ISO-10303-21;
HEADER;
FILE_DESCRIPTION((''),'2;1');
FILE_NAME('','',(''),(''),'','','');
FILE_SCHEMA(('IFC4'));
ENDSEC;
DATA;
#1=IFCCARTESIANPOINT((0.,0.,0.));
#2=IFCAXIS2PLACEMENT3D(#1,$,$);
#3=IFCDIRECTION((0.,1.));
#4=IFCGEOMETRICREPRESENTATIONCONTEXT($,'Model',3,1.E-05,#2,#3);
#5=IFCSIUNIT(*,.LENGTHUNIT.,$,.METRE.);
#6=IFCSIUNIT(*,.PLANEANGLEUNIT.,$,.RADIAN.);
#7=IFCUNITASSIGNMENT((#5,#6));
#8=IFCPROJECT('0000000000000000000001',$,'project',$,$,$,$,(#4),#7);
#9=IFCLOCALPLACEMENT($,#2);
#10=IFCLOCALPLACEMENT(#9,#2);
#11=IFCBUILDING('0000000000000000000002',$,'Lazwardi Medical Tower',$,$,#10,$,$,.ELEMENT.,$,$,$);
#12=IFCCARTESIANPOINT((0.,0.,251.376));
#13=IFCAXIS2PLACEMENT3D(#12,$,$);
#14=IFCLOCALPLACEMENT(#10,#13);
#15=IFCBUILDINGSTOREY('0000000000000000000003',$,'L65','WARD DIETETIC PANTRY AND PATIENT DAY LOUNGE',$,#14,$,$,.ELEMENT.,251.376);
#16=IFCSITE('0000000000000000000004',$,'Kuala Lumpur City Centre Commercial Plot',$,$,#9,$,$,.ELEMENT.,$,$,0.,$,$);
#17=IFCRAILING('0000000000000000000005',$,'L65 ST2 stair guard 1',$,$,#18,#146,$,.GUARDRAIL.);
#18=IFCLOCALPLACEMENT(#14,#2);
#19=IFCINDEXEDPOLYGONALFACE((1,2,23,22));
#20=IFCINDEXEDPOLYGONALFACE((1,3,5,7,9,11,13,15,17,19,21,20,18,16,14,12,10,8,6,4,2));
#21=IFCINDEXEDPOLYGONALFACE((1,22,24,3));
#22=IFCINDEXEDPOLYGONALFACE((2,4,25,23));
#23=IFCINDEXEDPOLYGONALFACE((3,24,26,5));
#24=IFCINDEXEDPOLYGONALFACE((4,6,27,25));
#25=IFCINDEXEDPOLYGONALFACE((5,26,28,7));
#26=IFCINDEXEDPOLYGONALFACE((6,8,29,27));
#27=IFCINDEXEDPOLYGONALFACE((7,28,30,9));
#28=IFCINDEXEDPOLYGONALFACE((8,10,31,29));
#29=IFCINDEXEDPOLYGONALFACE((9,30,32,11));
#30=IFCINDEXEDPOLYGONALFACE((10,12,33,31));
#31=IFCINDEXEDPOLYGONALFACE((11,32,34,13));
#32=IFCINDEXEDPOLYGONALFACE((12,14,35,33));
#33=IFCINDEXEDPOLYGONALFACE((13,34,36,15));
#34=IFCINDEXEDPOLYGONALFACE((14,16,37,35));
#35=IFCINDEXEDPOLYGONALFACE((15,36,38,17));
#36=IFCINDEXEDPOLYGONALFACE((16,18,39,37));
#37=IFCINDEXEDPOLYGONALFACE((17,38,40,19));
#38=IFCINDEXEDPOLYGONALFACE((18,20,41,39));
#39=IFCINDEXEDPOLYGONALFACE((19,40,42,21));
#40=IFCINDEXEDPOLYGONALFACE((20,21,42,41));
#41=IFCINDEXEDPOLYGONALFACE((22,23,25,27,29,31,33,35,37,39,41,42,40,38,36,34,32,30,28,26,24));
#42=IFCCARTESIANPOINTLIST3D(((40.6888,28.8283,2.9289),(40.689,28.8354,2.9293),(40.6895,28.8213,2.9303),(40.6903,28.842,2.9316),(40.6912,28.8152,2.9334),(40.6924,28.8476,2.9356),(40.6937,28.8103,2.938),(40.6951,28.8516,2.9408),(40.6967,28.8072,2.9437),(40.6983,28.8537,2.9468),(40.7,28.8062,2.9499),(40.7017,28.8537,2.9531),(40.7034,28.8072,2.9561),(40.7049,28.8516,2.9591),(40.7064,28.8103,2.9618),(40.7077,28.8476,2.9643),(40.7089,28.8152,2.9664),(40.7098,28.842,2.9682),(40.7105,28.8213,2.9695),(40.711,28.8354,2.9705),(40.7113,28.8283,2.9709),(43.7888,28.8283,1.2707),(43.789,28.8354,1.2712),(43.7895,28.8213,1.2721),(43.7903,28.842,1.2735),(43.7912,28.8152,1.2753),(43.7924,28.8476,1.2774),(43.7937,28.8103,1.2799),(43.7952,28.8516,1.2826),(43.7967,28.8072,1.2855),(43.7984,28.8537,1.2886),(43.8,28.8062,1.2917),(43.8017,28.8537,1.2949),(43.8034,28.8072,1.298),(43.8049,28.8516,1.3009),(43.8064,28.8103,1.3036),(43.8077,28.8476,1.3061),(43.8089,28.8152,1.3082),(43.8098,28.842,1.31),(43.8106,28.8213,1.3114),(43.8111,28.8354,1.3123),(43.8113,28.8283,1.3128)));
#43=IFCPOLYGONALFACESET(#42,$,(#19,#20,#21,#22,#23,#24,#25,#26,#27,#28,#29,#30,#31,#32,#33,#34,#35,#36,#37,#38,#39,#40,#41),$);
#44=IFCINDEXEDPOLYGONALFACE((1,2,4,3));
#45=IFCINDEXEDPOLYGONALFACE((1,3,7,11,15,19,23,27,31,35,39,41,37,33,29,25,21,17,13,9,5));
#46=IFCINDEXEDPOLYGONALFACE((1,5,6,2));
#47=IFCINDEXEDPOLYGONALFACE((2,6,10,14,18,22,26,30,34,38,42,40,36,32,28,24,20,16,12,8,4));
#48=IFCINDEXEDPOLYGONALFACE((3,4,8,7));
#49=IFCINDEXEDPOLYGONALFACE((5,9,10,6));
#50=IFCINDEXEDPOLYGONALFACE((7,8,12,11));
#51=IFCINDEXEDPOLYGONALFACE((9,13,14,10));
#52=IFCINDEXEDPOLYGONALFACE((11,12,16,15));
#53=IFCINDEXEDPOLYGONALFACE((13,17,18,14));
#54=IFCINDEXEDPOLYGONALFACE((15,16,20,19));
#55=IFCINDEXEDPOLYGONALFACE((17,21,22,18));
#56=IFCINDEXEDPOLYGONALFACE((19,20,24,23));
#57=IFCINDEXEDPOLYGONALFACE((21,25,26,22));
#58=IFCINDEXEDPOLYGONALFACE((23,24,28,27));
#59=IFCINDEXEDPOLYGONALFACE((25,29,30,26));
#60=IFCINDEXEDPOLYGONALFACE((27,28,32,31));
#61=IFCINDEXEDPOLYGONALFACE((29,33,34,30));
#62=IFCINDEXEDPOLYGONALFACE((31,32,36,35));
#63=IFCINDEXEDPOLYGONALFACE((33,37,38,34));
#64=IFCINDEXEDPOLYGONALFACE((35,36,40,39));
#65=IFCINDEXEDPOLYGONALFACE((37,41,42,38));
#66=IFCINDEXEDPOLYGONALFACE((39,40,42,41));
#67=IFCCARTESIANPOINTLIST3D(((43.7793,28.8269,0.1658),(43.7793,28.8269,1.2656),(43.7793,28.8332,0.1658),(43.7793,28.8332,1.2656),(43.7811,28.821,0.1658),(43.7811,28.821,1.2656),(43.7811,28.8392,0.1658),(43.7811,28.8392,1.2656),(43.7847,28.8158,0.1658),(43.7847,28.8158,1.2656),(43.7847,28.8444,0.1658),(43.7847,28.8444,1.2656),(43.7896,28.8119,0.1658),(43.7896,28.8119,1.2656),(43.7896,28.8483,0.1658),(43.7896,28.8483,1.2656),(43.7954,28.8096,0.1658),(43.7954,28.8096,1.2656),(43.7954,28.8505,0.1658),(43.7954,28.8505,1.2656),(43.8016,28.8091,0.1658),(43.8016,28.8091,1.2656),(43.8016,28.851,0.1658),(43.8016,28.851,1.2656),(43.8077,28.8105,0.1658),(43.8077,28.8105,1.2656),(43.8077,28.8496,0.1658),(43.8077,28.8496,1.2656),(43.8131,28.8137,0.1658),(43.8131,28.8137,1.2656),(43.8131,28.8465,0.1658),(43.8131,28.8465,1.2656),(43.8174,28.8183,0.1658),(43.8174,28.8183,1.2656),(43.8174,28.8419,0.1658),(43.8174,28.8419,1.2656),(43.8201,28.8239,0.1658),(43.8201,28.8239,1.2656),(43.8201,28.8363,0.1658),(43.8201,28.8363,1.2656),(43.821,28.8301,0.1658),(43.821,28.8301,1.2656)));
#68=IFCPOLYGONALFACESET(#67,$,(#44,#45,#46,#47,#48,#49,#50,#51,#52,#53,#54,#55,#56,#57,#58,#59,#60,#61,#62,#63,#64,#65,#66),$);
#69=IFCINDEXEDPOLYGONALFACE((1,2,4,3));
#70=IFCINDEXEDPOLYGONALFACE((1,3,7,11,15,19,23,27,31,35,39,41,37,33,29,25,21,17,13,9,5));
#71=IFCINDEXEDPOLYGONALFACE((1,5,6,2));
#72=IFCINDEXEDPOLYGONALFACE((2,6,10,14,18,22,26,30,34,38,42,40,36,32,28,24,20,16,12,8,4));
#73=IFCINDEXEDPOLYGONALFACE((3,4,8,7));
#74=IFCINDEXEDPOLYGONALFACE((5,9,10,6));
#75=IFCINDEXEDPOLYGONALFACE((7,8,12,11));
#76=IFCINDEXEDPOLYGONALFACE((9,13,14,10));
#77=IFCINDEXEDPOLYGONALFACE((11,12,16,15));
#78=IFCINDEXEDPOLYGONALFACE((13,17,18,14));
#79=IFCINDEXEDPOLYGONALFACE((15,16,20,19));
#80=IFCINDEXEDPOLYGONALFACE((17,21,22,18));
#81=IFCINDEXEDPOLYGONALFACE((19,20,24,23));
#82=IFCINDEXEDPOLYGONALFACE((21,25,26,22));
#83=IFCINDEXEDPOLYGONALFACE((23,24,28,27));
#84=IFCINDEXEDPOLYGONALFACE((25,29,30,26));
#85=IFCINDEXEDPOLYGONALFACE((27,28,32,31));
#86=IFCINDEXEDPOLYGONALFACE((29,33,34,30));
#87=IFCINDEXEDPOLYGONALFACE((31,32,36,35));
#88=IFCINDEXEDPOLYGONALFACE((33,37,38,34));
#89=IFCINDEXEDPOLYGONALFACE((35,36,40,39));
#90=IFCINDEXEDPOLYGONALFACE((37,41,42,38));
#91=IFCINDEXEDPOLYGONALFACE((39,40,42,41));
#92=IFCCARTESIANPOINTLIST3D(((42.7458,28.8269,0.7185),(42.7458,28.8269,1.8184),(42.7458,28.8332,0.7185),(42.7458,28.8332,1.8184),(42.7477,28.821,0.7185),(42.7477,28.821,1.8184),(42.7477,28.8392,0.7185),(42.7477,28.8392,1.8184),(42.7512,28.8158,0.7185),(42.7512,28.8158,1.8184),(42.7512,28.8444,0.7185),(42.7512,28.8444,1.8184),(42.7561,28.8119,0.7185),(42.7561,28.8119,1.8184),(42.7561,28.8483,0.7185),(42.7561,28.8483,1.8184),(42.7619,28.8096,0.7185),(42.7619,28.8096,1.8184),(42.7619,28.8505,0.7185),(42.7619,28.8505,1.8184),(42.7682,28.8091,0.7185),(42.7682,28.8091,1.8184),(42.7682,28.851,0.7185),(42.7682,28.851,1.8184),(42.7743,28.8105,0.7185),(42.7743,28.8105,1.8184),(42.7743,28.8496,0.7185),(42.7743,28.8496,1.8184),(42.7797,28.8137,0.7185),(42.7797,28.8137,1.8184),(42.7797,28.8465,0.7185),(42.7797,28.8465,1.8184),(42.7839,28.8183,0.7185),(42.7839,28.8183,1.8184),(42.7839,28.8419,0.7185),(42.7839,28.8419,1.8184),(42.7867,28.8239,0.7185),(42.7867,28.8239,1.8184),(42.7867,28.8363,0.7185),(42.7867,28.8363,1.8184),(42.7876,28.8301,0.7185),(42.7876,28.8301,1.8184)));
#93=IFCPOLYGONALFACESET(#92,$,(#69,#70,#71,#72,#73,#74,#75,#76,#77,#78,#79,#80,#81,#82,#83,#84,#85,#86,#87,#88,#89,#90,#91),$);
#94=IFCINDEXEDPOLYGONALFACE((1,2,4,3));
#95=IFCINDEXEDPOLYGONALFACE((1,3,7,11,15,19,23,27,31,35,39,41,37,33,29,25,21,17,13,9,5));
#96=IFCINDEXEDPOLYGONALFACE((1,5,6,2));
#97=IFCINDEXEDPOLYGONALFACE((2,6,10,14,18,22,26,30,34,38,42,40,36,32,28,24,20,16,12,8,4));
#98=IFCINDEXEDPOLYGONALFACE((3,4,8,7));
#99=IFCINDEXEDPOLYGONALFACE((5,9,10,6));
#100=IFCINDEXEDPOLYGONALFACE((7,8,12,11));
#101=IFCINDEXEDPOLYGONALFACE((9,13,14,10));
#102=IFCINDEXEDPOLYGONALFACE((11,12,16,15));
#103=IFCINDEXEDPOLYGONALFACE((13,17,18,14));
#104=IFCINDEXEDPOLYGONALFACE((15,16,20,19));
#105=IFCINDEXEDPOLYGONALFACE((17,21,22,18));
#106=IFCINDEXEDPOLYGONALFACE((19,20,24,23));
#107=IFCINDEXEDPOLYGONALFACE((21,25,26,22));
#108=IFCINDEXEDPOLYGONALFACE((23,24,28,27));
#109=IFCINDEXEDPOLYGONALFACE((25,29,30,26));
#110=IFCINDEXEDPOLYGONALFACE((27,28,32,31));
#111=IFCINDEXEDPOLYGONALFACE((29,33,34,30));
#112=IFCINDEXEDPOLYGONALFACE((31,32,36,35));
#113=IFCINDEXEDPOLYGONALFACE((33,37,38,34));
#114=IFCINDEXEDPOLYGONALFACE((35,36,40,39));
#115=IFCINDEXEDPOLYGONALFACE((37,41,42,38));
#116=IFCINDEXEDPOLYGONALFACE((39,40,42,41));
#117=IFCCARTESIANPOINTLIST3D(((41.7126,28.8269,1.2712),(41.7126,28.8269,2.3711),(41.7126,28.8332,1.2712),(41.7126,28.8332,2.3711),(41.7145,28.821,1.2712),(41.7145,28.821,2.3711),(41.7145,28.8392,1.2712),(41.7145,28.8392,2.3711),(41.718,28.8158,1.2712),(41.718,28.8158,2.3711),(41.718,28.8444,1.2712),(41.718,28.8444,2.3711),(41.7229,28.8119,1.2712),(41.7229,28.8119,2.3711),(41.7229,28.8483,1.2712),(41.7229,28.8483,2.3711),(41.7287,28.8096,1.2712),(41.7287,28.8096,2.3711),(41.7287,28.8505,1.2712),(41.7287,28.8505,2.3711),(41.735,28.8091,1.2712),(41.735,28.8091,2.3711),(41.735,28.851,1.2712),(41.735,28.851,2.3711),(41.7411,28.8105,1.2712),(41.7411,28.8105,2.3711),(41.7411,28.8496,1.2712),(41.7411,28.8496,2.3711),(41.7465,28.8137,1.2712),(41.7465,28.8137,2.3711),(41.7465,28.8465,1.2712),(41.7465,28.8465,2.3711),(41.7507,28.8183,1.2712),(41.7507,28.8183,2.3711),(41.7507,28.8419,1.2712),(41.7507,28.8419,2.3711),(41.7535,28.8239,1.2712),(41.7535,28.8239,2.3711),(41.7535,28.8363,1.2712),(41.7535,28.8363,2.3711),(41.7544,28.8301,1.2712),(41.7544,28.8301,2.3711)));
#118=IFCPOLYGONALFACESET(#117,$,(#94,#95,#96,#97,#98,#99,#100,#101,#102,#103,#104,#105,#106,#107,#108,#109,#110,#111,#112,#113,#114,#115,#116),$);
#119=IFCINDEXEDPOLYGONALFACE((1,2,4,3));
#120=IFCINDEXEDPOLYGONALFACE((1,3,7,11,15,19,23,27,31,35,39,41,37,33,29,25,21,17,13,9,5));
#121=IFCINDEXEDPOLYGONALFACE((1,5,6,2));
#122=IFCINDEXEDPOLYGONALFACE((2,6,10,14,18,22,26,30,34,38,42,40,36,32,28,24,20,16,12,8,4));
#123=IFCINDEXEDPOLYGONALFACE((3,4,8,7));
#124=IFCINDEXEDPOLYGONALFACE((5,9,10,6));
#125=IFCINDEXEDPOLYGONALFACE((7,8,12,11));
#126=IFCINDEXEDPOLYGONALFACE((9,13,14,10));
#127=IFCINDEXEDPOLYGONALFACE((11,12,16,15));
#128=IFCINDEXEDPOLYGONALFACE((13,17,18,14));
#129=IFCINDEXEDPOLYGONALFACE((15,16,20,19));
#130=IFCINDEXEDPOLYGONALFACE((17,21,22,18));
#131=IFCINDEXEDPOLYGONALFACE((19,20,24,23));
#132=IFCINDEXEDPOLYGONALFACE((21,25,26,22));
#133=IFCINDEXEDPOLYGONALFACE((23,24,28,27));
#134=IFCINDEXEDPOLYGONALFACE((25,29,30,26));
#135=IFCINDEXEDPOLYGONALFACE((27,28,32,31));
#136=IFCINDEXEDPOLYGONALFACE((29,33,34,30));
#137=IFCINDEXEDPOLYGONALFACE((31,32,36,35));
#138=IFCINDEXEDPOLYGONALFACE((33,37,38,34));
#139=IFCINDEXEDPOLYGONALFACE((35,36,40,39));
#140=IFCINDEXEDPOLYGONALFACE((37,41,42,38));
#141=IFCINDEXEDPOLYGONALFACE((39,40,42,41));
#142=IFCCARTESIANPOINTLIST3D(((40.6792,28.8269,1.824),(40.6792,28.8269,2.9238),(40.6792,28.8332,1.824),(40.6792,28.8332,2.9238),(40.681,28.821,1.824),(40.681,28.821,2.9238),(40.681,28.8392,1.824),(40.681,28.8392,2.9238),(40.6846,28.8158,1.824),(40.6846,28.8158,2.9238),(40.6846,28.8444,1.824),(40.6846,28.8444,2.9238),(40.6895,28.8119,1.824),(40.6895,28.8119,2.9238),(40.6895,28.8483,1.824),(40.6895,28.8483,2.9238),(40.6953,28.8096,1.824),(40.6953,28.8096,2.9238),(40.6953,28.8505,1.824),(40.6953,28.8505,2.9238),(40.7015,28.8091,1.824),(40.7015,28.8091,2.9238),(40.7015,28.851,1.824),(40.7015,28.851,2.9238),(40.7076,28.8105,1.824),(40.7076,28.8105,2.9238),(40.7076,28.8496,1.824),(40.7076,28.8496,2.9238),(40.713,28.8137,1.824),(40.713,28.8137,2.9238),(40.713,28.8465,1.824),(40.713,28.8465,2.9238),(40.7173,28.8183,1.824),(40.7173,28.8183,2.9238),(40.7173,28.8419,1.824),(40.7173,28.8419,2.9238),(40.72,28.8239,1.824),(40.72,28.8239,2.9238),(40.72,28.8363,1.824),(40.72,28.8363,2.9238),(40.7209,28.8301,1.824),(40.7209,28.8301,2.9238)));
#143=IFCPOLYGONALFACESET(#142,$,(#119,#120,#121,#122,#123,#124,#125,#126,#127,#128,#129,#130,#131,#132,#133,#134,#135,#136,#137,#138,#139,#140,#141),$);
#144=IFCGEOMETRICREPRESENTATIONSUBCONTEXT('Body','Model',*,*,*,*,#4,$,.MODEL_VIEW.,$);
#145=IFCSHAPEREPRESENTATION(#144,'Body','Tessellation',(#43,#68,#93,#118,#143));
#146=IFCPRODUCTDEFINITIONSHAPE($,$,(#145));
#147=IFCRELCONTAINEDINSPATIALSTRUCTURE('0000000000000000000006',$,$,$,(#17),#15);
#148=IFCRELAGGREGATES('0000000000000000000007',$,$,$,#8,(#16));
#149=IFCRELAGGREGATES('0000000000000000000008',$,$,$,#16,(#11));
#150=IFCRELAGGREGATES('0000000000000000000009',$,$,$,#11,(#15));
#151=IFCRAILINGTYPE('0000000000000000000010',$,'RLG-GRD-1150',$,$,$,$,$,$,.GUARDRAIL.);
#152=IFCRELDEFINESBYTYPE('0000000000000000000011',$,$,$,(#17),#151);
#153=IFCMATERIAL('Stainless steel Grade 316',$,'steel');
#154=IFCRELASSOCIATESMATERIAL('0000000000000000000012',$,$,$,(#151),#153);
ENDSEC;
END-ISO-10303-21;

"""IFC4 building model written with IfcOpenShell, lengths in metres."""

from ifc_helpers import new_model, si_unit, direction, frame, origin, origin_2d, place, context, subcontext, project, spatial, circle, extrude, material, type_object, element, save


model = new_model("IFC4")

# Units and contexts
model_context = context("Model", 3, precision=1e-05, world=origin(), true_north=direction((0.0, 1.0)))
body_context = subcontext(model_context, "Body", "Model", "MODEL_VIEW")
ifc_project = project(units=[si_unit("LENGTHUNIT", "METRE"), si_unit("PLANEANGLEUNIT", "RADIAN")], contexts=[model_context])

# Site, building, storey
site_placement = place(None, origin())
site = spatial("IfcSite", under=ifc_project, at=site_placement, Name="Kuala Lumpur City Centre Commercial Plot", CompositionType="ELEMENT", RefElevation=0.0)
building_placement = place(site_placement, origin())
building = spatial("IfcBuilding", under=site, at=building_placement, Name="Lazwardi Medical Tower", CompositionType="ELEMENT")
storey_placement = place(building_placement, frame((0.0, 0.0, 251.376)))
storey = spatial("IfcBuildingStorey", under=building, at=storey_placement, Name="L65", Description="WARD DIETETIC PANTRY AND PATIENT DAY LOUNGE", CompositionType="ELEMENT", Elevation=251.376)

# Railing
ifc_material_1 = material(Name="Stainless steel Grade 316", Category="steel")
railing_type_1 = type_object("IfcRailingType", Name="RLG-GRD-1150", PredefinedType="GUARDRAIL", material=ifc_material_1)
railing_1_placement = place(storey_placement, frame((43.8, 28.8301, 0.1658)))
element("IfcRailing", 1, at=railing_1_placement, inside=storey, type_object=railing_type_1, Name="L65 ST2 stair guard 1", PredefinedType="GUARDRAIL", context=body_context, shape_type="SweptSolid", body=[
    extrude(circle(Radius=0.0239, at=origin_2d()), frame((0.0, 0.0, 1.126), z_axis=(-0.881783, 0.0, 0.471655), x_axis=(0.0, -1.0, 0.0)), (0.0, 0.0, 1.0), 3.5156),
    extrude(circle(Radius=0.021, at=origin_2d()), origin(), (0.0, 0.0, 1.0), 1.0999),
    extrude(circle(Radius=0.021, at=origin_2d()), frame((-1.0334, 0.0, 0.5527)), (0.0, 0.0, 1.0), 1.0999),
    extrude(circle(Radius=0.021, at=origin_2d()), frame((-2.0667, 0.0, 1.1055)), (0.0, 0.0, 1.0), 1.0999),
    extrude(circle(Radius=0.021, at=origin_2d()), frame((-3.1001, 0.0, 1.6582)), (0.0, 0.0, 1.0), 1.0999),
])

save(model, "model.ifc")
